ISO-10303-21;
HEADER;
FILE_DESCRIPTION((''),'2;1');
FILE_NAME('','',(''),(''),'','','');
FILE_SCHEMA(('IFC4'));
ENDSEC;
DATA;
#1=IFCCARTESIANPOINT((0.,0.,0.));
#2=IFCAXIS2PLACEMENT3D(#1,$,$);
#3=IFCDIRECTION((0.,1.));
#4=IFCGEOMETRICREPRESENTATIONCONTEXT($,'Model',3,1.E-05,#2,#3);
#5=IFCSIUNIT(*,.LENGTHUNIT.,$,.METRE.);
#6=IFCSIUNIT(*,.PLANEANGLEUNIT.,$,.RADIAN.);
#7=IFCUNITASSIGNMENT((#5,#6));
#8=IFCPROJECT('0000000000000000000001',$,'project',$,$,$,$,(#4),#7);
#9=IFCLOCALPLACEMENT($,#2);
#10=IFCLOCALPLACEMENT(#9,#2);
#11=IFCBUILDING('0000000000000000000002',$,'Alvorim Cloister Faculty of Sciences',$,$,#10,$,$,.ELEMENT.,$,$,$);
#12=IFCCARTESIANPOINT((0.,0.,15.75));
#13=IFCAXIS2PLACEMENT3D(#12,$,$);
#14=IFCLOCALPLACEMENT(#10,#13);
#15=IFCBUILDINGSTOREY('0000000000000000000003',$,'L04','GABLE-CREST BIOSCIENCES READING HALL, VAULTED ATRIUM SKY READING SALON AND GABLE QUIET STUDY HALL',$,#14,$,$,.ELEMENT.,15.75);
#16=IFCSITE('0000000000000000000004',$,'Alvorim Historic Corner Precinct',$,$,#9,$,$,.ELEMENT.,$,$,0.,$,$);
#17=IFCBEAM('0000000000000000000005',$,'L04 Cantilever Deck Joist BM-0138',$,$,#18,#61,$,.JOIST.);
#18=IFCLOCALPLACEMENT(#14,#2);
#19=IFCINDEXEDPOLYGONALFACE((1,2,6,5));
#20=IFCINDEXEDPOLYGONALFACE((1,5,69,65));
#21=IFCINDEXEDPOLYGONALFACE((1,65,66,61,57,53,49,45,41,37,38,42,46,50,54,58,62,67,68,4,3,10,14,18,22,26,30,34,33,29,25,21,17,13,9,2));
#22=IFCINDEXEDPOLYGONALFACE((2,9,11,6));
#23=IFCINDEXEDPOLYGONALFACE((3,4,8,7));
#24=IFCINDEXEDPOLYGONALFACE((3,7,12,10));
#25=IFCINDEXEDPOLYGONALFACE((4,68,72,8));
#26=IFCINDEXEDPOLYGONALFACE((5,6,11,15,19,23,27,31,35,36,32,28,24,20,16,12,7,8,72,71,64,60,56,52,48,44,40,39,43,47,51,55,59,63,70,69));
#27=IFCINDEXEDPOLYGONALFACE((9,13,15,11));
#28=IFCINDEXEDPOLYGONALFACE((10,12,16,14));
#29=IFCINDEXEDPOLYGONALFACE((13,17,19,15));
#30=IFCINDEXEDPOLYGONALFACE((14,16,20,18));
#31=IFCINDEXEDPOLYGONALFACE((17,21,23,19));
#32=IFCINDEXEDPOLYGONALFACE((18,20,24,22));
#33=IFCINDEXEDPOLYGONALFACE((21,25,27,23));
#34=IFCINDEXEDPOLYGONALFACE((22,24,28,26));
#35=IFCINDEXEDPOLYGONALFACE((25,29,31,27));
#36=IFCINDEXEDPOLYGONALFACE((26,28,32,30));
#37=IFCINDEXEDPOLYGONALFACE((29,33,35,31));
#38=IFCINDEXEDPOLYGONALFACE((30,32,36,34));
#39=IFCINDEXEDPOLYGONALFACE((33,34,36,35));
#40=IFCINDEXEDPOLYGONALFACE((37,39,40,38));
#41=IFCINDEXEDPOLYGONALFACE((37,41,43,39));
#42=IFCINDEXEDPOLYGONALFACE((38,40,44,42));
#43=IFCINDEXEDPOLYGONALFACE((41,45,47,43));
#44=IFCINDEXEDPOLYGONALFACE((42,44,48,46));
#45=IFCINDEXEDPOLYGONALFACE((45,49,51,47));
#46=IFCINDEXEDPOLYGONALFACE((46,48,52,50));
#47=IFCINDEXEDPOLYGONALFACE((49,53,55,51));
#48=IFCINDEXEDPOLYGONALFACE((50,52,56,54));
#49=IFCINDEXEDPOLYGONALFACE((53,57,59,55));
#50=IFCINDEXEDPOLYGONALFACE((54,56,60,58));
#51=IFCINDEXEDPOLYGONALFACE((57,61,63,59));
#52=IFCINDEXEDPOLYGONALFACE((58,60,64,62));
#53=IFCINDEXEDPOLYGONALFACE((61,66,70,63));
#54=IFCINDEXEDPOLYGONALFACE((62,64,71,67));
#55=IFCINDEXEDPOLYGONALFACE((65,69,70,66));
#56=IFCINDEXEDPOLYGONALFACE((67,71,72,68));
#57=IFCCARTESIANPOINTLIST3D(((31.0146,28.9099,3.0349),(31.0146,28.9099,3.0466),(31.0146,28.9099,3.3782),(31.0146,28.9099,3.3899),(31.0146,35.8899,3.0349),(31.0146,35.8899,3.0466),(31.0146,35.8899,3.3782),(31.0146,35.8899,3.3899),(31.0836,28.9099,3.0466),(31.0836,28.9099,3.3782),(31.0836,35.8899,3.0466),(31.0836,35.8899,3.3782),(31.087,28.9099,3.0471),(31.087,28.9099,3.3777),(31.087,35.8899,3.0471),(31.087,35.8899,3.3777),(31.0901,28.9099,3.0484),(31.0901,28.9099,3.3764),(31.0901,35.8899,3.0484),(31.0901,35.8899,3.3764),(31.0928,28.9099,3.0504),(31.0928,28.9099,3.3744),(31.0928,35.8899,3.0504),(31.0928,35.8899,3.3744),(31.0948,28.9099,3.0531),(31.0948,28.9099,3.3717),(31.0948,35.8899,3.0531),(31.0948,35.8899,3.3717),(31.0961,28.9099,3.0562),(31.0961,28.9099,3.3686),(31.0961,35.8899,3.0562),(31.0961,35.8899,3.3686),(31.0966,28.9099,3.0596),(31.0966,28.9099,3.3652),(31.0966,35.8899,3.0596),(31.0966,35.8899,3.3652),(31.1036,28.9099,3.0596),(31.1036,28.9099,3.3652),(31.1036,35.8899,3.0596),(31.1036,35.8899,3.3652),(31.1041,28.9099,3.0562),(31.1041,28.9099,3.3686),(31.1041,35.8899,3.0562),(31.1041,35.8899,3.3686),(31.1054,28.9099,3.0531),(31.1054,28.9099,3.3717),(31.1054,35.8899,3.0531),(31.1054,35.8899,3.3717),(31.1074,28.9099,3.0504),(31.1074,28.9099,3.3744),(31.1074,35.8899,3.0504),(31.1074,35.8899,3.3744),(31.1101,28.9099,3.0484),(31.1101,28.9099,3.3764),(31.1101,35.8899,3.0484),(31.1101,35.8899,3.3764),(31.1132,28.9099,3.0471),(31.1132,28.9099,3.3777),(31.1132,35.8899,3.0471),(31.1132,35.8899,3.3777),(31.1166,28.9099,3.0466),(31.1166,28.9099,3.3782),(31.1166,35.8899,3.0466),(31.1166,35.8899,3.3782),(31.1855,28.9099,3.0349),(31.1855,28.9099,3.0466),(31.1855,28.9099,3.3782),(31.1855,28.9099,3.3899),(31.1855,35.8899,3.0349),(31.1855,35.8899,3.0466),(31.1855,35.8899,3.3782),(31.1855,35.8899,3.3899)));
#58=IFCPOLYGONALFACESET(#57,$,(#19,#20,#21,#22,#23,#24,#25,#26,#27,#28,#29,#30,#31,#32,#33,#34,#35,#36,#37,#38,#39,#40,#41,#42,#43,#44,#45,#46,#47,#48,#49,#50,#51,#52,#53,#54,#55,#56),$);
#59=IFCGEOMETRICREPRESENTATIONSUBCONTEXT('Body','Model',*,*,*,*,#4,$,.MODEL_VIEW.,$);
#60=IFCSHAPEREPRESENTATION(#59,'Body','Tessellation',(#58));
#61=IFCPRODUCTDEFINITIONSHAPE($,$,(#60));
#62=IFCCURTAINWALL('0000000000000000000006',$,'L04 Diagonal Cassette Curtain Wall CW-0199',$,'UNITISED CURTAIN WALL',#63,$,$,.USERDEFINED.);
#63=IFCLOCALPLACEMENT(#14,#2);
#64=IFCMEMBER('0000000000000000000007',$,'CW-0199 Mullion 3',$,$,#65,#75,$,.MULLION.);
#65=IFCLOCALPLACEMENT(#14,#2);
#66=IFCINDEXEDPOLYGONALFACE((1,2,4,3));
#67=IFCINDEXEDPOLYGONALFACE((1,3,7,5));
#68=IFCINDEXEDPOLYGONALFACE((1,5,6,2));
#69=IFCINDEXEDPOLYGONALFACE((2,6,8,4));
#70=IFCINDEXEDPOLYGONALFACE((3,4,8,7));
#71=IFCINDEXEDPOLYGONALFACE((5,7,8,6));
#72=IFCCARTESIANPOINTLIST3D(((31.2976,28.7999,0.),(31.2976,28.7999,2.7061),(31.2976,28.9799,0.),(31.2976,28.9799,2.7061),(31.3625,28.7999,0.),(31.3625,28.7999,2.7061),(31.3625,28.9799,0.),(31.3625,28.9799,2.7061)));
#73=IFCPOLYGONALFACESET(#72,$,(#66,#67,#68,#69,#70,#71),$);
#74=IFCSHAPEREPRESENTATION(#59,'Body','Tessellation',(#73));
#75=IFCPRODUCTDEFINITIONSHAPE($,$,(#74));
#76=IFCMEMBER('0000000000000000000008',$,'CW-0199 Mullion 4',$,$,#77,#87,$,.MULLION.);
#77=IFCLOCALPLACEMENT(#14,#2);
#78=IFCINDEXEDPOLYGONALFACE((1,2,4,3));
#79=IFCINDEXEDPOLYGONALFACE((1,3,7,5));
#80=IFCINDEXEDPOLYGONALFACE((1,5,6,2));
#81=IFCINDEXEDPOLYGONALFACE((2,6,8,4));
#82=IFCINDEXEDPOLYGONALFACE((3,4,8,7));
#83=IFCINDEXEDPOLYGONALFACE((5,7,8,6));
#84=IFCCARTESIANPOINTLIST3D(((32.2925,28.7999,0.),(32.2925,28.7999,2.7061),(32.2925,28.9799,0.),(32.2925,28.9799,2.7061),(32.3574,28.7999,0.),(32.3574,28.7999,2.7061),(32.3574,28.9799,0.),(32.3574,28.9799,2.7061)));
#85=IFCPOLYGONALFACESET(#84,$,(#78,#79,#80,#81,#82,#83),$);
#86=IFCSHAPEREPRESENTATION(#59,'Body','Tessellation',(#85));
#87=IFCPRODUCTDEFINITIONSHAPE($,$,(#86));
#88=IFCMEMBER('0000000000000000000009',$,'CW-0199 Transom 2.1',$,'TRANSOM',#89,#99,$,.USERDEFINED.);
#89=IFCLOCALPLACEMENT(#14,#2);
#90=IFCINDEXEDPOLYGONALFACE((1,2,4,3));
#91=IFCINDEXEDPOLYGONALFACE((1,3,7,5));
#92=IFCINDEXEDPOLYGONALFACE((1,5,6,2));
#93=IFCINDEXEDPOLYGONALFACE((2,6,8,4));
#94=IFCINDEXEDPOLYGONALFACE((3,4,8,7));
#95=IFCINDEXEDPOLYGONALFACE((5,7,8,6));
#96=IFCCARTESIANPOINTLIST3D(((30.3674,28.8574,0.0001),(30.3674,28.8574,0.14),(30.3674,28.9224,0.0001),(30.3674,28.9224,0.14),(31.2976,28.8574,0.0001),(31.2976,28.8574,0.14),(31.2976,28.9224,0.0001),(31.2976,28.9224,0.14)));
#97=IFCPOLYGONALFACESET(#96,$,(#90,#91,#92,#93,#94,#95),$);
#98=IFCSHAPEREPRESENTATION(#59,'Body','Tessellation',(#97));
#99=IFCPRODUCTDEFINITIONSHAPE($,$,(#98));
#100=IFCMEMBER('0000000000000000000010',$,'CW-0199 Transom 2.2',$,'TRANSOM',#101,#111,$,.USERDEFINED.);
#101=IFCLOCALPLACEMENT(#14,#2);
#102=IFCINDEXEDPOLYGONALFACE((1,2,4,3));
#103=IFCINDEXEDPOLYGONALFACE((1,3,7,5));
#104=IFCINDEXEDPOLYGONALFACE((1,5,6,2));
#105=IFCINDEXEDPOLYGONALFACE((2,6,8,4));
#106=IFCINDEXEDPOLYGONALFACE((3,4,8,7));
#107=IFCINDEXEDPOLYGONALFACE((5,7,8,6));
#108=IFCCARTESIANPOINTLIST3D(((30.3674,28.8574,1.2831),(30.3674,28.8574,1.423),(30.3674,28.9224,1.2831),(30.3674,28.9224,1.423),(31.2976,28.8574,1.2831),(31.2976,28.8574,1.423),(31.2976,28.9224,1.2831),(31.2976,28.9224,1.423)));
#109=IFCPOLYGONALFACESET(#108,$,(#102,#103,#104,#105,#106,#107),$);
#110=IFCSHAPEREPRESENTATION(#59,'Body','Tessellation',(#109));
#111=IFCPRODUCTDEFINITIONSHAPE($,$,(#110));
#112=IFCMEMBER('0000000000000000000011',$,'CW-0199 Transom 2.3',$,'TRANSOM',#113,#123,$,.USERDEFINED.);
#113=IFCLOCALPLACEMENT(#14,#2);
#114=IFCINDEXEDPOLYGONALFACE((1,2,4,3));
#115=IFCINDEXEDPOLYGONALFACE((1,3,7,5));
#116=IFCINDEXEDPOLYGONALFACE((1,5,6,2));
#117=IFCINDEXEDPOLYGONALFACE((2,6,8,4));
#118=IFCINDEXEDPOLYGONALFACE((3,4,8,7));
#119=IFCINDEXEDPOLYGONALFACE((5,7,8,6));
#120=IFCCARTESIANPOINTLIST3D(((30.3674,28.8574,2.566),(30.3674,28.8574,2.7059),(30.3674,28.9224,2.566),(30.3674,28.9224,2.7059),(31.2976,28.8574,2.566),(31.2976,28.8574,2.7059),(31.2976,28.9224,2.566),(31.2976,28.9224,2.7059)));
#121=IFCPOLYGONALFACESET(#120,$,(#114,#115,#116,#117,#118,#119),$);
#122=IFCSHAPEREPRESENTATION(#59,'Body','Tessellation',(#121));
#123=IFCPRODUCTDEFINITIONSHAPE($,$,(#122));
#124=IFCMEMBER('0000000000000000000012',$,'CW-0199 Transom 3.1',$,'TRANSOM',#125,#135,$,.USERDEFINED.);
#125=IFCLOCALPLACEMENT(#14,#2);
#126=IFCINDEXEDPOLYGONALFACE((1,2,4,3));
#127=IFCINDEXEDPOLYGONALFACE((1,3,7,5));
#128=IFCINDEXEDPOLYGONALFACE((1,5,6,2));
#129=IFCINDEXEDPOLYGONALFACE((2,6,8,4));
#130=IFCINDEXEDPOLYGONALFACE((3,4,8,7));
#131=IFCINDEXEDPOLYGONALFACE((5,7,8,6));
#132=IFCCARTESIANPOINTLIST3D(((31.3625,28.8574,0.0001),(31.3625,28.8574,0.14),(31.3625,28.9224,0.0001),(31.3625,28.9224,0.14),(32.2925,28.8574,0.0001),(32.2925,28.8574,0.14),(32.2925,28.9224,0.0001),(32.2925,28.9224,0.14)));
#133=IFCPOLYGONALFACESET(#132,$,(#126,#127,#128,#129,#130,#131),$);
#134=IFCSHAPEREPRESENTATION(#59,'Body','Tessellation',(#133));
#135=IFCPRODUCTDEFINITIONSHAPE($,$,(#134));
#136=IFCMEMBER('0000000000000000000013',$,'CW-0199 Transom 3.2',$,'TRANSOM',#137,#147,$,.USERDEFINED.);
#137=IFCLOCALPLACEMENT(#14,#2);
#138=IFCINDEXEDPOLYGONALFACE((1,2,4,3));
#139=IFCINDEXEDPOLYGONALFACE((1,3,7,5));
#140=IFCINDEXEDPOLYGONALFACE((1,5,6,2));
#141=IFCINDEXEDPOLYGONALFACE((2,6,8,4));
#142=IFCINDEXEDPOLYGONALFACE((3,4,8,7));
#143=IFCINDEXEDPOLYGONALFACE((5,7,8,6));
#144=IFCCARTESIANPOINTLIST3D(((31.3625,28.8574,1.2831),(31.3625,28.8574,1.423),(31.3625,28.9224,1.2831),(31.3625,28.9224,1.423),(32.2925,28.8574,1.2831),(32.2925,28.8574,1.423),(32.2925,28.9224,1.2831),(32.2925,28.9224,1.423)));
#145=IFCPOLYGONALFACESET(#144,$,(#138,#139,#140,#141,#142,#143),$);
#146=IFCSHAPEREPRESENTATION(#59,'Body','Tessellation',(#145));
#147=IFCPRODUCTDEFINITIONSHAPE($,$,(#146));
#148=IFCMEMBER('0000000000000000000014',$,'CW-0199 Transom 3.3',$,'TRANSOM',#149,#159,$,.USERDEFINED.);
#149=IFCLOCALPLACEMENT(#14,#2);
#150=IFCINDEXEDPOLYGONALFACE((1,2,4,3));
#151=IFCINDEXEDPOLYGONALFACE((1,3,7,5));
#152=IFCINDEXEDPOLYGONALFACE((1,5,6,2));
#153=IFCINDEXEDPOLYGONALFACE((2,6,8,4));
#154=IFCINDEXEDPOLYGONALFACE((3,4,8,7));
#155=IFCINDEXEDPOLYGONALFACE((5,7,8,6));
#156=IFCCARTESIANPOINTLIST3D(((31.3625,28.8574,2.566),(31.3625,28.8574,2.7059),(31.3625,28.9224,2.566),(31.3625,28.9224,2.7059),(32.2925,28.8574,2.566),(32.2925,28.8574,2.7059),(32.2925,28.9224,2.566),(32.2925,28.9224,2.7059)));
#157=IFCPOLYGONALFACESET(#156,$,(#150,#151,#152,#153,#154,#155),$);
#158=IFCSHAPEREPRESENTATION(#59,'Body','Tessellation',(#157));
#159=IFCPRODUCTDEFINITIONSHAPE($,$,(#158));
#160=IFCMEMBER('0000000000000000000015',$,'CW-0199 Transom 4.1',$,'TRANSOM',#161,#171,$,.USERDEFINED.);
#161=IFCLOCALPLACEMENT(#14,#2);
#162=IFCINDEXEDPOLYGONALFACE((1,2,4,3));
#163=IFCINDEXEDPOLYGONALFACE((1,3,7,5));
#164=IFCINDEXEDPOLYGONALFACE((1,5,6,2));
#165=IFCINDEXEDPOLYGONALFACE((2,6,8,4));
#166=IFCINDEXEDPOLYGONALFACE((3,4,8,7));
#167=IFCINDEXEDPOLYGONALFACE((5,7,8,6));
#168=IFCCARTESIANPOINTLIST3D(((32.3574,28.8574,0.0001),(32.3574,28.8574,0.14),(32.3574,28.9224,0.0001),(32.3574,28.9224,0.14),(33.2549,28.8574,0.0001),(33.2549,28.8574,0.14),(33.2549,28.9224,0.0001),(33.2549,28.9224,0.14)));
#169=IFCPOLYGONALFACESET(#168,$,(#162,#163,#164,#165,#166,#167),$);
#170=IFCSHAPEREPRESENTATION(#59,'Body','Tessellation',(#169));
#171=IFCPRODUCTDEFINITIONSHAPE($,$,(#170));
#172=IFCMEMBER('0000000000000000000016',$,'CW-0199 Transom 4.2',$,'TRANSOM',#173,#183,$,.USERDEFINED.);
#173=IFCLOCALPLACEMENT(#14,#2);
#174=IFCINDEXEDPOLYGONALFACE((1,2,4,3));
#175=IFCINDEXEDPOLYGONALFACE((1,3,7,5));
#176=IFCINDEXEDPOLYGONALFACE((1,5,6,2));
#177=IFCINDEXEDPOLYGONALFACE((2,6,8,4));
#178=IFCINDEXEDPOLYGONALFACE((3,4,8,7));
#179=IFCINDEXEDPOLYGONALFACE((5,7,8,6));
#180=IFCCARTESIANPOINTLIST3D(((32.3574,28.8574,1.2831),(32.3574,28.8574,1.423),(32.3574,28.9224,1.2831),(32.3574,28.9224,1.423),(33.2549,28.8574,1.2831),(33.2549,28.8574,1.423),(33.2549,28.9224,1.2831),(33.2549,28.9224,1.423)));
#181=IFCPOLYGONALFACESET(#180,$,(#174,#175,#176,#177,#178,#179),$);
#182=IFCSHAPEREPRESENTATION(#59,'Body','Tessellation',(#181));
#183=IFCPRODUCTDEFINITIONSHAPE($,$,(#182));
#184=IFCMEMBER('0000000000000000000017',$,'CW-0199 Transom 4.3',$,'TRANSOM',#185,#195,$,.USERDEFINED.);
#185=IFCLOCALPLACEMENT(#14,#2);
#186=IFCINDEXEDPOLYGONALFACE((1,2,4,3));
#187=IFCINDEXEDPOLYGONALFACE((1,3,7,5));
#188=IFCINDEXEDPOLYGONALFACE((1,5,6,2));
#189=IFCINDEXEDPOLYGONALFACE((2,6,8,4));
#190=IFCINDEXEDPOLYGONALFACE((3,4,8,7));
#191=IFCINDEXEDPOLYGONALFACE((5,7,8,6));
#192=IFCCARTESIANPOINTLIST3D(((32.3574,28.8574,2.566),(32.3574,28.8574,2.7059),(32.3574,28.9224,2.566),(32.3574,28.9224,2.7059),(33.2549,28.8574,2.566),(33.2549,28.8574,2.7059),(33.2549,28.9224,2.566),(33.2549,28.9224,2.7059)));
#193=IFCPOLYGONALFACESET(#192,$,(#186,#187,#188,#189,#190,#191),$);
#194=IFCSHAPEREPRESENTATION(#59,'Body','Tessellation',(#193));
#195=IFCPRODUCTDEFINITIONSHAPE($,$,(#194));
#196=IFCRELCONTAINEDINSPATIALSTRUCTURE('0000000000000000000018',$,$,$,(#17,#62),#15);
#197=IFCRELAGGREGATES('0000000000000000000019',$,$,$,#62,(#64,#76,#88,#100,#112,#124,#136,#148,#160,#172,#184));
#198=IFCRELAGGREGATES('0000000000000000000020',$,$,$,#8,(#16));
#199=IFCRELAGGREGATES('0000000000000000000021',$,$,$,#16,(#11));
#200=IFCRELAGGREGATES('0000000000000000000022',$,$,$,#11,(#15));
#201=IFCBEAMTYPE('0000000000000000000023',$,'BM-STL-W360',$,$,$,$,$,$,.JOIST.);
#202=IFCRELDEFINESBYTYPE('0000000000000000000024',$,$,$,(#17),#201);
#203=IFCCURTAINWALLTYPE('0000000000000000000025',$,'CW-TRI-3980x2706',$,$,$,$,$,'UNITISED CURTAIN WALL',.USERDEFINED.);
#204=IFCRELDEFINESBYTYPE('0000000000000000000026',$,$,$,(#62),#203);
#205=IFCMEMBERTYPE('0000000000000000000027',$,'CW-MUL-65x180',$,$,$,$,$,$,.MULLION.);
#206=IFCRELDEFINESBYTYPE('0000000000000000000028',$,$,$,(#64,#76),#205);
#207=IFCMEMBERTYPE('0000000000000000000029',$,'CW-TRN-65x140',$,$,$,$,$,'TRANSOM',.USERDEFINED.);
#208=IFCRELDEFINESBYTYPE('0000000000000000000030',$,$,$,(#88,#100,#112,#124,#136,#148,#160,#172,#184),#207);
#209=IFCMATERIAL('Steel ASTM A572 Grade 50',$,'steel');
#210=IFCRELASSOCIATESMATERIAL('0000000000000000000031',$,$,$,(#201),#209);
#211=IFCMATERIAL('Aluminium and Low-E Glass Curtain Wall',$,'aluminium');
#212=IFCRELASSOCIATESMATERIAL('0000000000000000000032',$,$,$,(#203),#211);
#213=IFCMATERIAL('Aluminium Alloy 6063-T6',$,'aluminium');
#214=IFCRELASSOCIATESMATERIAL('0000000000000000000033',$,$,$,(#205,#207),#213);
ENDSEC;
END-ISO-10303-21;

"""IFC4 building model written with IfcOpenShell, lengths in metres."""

from ifc_helpers import new_model, si_unit, direction, frame, origin, origin_2d, place, context, subcontext, project, spatial, rectangle, i_section, extrude, material, material_profile, profile_set, type_object, element, aggregate, save


model = new_model("IFC4")

# Units and contexts
model_context = context("Model", 3, precision=1e-05, world=origin(), true_north=direction((0.0, 1.0)))
body_context = subcontext(model_context, "Body", "Model", "MODEL_VIEW")
ifc_project = project(units=[si_unit("LENGTHUNIT", "METRE"), si_unit("PLANEANGLEUNIT", "RADIAN")], contexts=[model_context])

# Site, building, storey
site_placement = place(None, origin())
site = spatial("IfcSite", under=ifc_project, at=site_placement, Name="Alvorim Historic Corner Precinct", CompositionType="ELEMENT", RefElevation=0.0)
building_placement = place(site_placement, origin())
building = spatial("IfcBuilding", under=site, at=building_placement, Name="Alvorim Cloister Faculty of Sciences", CompositionType="ELEMENT")
storey_placement = place(building_placement, frame((0.0, 0.0, 15.75)))
storey = spatial("IfcBuildingStorey", under=building, at=storey_placement, Name="L04", Description="GABLE-CREST BIOSCIENCES READING HALL, VAULTED ATRIUM SKY READING SALON AND GABLE QUIET STUDY HALL", CompositionType="ELEMENT", Elevation=15.75)

# Beam
ifc_material_1 = material(Name="Steel ASTM A572 Grade 50", Category="steel")
ifc_material_profile_1 = material_profile(ifc_material_1, i_section(OverallWidth=0.1709, OverallDepth=0.355, WebThickness=0.0071, FlangeThickness=0.0117, FilletRadius=0.0129, at=origin_2d()), Name="W360x51.0")
ifc_profile_set_1 = profile_set([ifc_material_profile_1], Name="Steel ASTM A572 Grade 50")
beam_type = type_object("IfcBeamType", Name="BM-STL-W360", PredefinedType="JOIST", material=ifc_profile_set_1)
beam_placement = place(storey_placement, frame((31.1001, 28.9099, 3.2124), z_axis=(0.0, 1.0, 0.0), x_axis=(-1.0, 0.0, 0.0)))
element("IfcBeam", 1, at=beam_placement, inside=storey, type_object=beam_type, Name="L04 Cantilever Deck Joist BM-0138", PredefinedType="JOIST", context=body_context, shape_type="SweptSolid", body=[
    extrude(i_section(OverallWidth=0.1709, OverallDepth=0.355, WebThickness=0.0071, FlangeThickness=0.0117, FilletRadius=0.0129, at=origin_2d()), origin(), (0.0, 0.0, 1.0), 6.98),
])

# Curtain wall, members
ifc_material_2 = material(Name="Aluminium and Low-E Glass Curtain Wall", Category="aluminium")
curtain_wall_type = type_object("IfcCurtainWallType", Name="CW-TRI-3980x2706", ElementType="UNITISED CURTAIN WALL", PredefinedType="USERDEFINED", material=ifc_material_2)
curtain_wall_placement = place(storey_placement, origin())
curtain_wall = element("IfcCurtainWall", 2, at=curtain_wall_placement, inside=storey, type_object=curtain_wall_type, Name="L04 Diagonal Cassette Curtain Wall CW-0199", ObjectType="UNITISED CURTAIN WALL", PredefinedType="USERDEFINED")
ifc_material_3 = material(Name="Aluminium Alloy 6063-T6", Category="aluminium")
ifc_material_profile_2 = material_profile(ifc_material_3, rectangle(XDim=0.0649, YDim=0.1799, at=origin_2d()), Name="ALU-MUL-65x180")
ifc_profile_set_2 = profile_set([ifc_material_profile_2], Name="Aluminium Alloy 6063-T6")
member_type_1 = type_object("IfcMemberType", Name="CW-MUL-65x180", PredefinedType="MULLION", material=ifc_profile_set_2)
member_1_placement = place(storey_placement, frame((31.3301, 28.8899, 0.0), z_axis=(0.0, 0.0, 1.0), x_axis=(1.0, 0.0, 0.0)))
member_1 = element("IfcMember", 3, at=member_1_placement, type_object=member_type_1, Name="CW-0199 Mullion 3", PredefinedType="MULLION", context=body_context, shape_type="SweptSolid", body=[
    extrude(rectangle(XDim=0.0649, YDim=0.1799, at=origin_2d()), origin(), (0.0, 0.0, 1.0), 2.7061),
])
member_2_placement = place(storey_placement, frame((32.325, 28.8899, 0.0), z_axis=(0.0, 0.0, 1.0), x_axis=(1.0, 0.0, 0.0)))
member_2 = element("IfcMember", 4, at=member_2_placement, type_object=member_type_1, Name="CW-0199 Mullion 4", PredefinedType="MULLION", context=body_context, shape_type="SweptSolid", body=[
    extrude(rectangle(XDim=0.0649, YDim=0.1799, at=origin_2d()), origin(), (0.0, 0.0, 1.0), 2.7061),
])
ifc_material_profile_3 = material_profile(ifc_material_3, rectangle(XDim=0.0649, YDim=0.1399, at=origin_2d()), Name="ALU-TRN-65x140")
ifc_profile_set_3 = profile_set([ifc_material_profile_3], Name="Aluminium Alloy 6063-T6")
member_type_2 = type_object("IfcMemberType", Name="CW-TRN-65x140", ElementType="TRANSOM", PredefinedType="USERDEFINED", material=ifc_profile_set_3)
member_3_placement = place(storey_placement, frame((30.3674, 28.8899, 0.0701), z_axis=(1.0, 0.0, 0.0), x_axis=(0.0, 1.0, 0.0)))
member_3 = element("IfcMember", 5, at=member_3_placement, type_object=member_type_2, Name="CW-0199 Transom 2.1", ObjectType="TRANSOM", PredefinedType="USERDEFINED", context=body_context, shape_type="SweptSolid", body=[
    extrude(rectangle(XDim=0.0649, YDim=0.1399, at=origin_2d()), origin(), (0.0, 0.0, 1.0), 0.9302),
])
member_4_placement = place(storey_placement, frame((30.3674, 28.8899, 1.353), z_axis=(1.0, 0.0, 0.0), x_axis=(0.0, 1.0, 0.0)))
member_4 = element("IfcMember", 6, at=member_4_placement, type_object=member_type_2, Name="CW-0199 Transom 2.2", ObjectType="TRANSOM", PredefinedType="USERDEFINED", context=body_context, shape_type="SweptSolid", body=[
    extrude(rectangle(XDim=0.0649, YDim=0.1399, at=origin_2d()), origin(), (0.0, 0.0, 1.0), 0.9302),
])
member_5_placement = place(storey_placement, frame((30.3674, 28.8899, 2.636), z_axis=(1.0, 0.0, 0.0), x_axis=(0.0, 1.0, 0.0)))
member_5 = element("IfcMember", 7, at=member_5_placement, type_object=member_type_2, Name="CW-0199 Transom 2.3", ObjectType="TRANSOM", PredefinedType="USERDEFINED", context=body_context, shape_type="SweptSolid", body=[
    extrude(rectangle(XDim=0.0649, YDim=0.1399, at=origin_2d()), origin(), (0.0, 0.0, 1.0), 0.9302),
])
member_6_placement = place(storey_placement, frame((31.3625, 28.8899, 0.0701), z_axis=(1.0, 0.0, 0.0), x_axis=(0.0, 1.0, 0.0)))
member_6 = element("IfcMember", 8, at=member_6_placement, type_object=member_type_2, Name="CW-0199 Transom 3.1", ObjectType="TRANSOM", PredefinedType="USERDEFINED", context=body_context, shape_type="SweptSolid", body=[
    extrude(rectangle(XDim=0.0649, YDim=0.1399, at=origin_2d()), origin(), (0.0, 0.0, 1.0), 0.9299),
])
member_7_placement = place(storey_placement, frame((31.3625, 28.8899, 1.353), z_axis=(1.0, 0.0, 0.0), x_axis=(0.0, 1.0, 0.0)))
member_7 = element("IfcMember", 9, at=member_7_placement, type_object=member_type_2, Name="CW-0199 Transom 3.2", ObjectType="TRANSOM", PredefinedType="USERDEFINED", context=body_context, shape_type="SweptSolid", body=[
    extrude(rectangle(XDim=0.0649, YDim=0.1399, at=origin_2d()), origin(), (0.0, 0.0, 1.0), 0.9299),
])
member_8_placement = place(storey_placement, frame((31.3625, 28.8899, 2.636), z_axis=(1.0, 0.0, 0.0), x_axis=(0.0, 1.0, 0.0)))
member_8 = element("IfcMember", 10, at=member_8_placement, type_object=member_type_2, Name="CW-0199 Transom 3.3", ObjectType="TRANSOM", PredefinedType="USERDEFINED", context=body_context, shape_type="SweptSolid", body=[
    extrude(rectangle(XDim=0.0649, YDim=0.1399, at=origin_2d()), origin(), (0.0, 0.0, 1.0), 0.9299),
])
member_9_placement = place(storey_placement, frame((32.3574, 28.8899, 0.0701), z_axis=(1.0, 0.0, 0.0), x_axis=(0.0, 1.0, 0.0)))
member_9 = element("IfcMember", 11, at=member_9_placement, type_object=member_type_2, Name="CW-0199 Transom 4.1", ObjectType="TRANSOM", PredefinedType="USERDEFINED", context=body_context, shape_type="SweptSolid", body=[
    extrude(rectangle(XDim=0.0649, YDim=0.1399, at=origin_2d()), origin(), (0.0, 0.0, 1.0), 0.8975),
])
member_10_placement = place(storey_placement, frame((32.3574, 28.8899, 1.353), z_axis=(1.0, 0.0, 0.0), x_axis=(0.0, 1.0, 0.0)))
member_10 = element("IfcMember", 12, at=member_10_placement, type_object=member_type_2, Name="CW-0199 Transom 4.2", ObjectType="TRANSOM", PredefinedType="USERDEFINED", context=body_context, shape_type="SweptSolid", body=[
    extrude(rectangle(XDim=0.0649, YDim=0.1399, at=origin_2d()), origin(), (0.0, 0.0, 1.0), 0.8975),
])
member_11_placement = place(storey_placement, frame((32.3574, 28.8899, 2.636), z_axis=(1.0, 0.0, 0.0), x_axis=(0.0, 1.0, 0.0)))
member_11 = element("IfcMember", 13, at=member_11_placement, type_object=member_type_2, Name="CW-0199 Transom 4.3", ObjectType="TRANSOM", PredefinedType="USERDEFINED", context=body_context, shape_type="SweptSolid", body=[
    extrude(rectangle(XDim=0.0649, YDim=0.1399, at=origin_2d()), origin(), (0.0, 0.0, 1.0), 0.8975),
])
aggregate(curtain_wall, [member_1, member_2, member_3, member_4, member_5, member_6, member_7, member_8, member_9, member_10, member_11])

save(model, "model.ifc")
